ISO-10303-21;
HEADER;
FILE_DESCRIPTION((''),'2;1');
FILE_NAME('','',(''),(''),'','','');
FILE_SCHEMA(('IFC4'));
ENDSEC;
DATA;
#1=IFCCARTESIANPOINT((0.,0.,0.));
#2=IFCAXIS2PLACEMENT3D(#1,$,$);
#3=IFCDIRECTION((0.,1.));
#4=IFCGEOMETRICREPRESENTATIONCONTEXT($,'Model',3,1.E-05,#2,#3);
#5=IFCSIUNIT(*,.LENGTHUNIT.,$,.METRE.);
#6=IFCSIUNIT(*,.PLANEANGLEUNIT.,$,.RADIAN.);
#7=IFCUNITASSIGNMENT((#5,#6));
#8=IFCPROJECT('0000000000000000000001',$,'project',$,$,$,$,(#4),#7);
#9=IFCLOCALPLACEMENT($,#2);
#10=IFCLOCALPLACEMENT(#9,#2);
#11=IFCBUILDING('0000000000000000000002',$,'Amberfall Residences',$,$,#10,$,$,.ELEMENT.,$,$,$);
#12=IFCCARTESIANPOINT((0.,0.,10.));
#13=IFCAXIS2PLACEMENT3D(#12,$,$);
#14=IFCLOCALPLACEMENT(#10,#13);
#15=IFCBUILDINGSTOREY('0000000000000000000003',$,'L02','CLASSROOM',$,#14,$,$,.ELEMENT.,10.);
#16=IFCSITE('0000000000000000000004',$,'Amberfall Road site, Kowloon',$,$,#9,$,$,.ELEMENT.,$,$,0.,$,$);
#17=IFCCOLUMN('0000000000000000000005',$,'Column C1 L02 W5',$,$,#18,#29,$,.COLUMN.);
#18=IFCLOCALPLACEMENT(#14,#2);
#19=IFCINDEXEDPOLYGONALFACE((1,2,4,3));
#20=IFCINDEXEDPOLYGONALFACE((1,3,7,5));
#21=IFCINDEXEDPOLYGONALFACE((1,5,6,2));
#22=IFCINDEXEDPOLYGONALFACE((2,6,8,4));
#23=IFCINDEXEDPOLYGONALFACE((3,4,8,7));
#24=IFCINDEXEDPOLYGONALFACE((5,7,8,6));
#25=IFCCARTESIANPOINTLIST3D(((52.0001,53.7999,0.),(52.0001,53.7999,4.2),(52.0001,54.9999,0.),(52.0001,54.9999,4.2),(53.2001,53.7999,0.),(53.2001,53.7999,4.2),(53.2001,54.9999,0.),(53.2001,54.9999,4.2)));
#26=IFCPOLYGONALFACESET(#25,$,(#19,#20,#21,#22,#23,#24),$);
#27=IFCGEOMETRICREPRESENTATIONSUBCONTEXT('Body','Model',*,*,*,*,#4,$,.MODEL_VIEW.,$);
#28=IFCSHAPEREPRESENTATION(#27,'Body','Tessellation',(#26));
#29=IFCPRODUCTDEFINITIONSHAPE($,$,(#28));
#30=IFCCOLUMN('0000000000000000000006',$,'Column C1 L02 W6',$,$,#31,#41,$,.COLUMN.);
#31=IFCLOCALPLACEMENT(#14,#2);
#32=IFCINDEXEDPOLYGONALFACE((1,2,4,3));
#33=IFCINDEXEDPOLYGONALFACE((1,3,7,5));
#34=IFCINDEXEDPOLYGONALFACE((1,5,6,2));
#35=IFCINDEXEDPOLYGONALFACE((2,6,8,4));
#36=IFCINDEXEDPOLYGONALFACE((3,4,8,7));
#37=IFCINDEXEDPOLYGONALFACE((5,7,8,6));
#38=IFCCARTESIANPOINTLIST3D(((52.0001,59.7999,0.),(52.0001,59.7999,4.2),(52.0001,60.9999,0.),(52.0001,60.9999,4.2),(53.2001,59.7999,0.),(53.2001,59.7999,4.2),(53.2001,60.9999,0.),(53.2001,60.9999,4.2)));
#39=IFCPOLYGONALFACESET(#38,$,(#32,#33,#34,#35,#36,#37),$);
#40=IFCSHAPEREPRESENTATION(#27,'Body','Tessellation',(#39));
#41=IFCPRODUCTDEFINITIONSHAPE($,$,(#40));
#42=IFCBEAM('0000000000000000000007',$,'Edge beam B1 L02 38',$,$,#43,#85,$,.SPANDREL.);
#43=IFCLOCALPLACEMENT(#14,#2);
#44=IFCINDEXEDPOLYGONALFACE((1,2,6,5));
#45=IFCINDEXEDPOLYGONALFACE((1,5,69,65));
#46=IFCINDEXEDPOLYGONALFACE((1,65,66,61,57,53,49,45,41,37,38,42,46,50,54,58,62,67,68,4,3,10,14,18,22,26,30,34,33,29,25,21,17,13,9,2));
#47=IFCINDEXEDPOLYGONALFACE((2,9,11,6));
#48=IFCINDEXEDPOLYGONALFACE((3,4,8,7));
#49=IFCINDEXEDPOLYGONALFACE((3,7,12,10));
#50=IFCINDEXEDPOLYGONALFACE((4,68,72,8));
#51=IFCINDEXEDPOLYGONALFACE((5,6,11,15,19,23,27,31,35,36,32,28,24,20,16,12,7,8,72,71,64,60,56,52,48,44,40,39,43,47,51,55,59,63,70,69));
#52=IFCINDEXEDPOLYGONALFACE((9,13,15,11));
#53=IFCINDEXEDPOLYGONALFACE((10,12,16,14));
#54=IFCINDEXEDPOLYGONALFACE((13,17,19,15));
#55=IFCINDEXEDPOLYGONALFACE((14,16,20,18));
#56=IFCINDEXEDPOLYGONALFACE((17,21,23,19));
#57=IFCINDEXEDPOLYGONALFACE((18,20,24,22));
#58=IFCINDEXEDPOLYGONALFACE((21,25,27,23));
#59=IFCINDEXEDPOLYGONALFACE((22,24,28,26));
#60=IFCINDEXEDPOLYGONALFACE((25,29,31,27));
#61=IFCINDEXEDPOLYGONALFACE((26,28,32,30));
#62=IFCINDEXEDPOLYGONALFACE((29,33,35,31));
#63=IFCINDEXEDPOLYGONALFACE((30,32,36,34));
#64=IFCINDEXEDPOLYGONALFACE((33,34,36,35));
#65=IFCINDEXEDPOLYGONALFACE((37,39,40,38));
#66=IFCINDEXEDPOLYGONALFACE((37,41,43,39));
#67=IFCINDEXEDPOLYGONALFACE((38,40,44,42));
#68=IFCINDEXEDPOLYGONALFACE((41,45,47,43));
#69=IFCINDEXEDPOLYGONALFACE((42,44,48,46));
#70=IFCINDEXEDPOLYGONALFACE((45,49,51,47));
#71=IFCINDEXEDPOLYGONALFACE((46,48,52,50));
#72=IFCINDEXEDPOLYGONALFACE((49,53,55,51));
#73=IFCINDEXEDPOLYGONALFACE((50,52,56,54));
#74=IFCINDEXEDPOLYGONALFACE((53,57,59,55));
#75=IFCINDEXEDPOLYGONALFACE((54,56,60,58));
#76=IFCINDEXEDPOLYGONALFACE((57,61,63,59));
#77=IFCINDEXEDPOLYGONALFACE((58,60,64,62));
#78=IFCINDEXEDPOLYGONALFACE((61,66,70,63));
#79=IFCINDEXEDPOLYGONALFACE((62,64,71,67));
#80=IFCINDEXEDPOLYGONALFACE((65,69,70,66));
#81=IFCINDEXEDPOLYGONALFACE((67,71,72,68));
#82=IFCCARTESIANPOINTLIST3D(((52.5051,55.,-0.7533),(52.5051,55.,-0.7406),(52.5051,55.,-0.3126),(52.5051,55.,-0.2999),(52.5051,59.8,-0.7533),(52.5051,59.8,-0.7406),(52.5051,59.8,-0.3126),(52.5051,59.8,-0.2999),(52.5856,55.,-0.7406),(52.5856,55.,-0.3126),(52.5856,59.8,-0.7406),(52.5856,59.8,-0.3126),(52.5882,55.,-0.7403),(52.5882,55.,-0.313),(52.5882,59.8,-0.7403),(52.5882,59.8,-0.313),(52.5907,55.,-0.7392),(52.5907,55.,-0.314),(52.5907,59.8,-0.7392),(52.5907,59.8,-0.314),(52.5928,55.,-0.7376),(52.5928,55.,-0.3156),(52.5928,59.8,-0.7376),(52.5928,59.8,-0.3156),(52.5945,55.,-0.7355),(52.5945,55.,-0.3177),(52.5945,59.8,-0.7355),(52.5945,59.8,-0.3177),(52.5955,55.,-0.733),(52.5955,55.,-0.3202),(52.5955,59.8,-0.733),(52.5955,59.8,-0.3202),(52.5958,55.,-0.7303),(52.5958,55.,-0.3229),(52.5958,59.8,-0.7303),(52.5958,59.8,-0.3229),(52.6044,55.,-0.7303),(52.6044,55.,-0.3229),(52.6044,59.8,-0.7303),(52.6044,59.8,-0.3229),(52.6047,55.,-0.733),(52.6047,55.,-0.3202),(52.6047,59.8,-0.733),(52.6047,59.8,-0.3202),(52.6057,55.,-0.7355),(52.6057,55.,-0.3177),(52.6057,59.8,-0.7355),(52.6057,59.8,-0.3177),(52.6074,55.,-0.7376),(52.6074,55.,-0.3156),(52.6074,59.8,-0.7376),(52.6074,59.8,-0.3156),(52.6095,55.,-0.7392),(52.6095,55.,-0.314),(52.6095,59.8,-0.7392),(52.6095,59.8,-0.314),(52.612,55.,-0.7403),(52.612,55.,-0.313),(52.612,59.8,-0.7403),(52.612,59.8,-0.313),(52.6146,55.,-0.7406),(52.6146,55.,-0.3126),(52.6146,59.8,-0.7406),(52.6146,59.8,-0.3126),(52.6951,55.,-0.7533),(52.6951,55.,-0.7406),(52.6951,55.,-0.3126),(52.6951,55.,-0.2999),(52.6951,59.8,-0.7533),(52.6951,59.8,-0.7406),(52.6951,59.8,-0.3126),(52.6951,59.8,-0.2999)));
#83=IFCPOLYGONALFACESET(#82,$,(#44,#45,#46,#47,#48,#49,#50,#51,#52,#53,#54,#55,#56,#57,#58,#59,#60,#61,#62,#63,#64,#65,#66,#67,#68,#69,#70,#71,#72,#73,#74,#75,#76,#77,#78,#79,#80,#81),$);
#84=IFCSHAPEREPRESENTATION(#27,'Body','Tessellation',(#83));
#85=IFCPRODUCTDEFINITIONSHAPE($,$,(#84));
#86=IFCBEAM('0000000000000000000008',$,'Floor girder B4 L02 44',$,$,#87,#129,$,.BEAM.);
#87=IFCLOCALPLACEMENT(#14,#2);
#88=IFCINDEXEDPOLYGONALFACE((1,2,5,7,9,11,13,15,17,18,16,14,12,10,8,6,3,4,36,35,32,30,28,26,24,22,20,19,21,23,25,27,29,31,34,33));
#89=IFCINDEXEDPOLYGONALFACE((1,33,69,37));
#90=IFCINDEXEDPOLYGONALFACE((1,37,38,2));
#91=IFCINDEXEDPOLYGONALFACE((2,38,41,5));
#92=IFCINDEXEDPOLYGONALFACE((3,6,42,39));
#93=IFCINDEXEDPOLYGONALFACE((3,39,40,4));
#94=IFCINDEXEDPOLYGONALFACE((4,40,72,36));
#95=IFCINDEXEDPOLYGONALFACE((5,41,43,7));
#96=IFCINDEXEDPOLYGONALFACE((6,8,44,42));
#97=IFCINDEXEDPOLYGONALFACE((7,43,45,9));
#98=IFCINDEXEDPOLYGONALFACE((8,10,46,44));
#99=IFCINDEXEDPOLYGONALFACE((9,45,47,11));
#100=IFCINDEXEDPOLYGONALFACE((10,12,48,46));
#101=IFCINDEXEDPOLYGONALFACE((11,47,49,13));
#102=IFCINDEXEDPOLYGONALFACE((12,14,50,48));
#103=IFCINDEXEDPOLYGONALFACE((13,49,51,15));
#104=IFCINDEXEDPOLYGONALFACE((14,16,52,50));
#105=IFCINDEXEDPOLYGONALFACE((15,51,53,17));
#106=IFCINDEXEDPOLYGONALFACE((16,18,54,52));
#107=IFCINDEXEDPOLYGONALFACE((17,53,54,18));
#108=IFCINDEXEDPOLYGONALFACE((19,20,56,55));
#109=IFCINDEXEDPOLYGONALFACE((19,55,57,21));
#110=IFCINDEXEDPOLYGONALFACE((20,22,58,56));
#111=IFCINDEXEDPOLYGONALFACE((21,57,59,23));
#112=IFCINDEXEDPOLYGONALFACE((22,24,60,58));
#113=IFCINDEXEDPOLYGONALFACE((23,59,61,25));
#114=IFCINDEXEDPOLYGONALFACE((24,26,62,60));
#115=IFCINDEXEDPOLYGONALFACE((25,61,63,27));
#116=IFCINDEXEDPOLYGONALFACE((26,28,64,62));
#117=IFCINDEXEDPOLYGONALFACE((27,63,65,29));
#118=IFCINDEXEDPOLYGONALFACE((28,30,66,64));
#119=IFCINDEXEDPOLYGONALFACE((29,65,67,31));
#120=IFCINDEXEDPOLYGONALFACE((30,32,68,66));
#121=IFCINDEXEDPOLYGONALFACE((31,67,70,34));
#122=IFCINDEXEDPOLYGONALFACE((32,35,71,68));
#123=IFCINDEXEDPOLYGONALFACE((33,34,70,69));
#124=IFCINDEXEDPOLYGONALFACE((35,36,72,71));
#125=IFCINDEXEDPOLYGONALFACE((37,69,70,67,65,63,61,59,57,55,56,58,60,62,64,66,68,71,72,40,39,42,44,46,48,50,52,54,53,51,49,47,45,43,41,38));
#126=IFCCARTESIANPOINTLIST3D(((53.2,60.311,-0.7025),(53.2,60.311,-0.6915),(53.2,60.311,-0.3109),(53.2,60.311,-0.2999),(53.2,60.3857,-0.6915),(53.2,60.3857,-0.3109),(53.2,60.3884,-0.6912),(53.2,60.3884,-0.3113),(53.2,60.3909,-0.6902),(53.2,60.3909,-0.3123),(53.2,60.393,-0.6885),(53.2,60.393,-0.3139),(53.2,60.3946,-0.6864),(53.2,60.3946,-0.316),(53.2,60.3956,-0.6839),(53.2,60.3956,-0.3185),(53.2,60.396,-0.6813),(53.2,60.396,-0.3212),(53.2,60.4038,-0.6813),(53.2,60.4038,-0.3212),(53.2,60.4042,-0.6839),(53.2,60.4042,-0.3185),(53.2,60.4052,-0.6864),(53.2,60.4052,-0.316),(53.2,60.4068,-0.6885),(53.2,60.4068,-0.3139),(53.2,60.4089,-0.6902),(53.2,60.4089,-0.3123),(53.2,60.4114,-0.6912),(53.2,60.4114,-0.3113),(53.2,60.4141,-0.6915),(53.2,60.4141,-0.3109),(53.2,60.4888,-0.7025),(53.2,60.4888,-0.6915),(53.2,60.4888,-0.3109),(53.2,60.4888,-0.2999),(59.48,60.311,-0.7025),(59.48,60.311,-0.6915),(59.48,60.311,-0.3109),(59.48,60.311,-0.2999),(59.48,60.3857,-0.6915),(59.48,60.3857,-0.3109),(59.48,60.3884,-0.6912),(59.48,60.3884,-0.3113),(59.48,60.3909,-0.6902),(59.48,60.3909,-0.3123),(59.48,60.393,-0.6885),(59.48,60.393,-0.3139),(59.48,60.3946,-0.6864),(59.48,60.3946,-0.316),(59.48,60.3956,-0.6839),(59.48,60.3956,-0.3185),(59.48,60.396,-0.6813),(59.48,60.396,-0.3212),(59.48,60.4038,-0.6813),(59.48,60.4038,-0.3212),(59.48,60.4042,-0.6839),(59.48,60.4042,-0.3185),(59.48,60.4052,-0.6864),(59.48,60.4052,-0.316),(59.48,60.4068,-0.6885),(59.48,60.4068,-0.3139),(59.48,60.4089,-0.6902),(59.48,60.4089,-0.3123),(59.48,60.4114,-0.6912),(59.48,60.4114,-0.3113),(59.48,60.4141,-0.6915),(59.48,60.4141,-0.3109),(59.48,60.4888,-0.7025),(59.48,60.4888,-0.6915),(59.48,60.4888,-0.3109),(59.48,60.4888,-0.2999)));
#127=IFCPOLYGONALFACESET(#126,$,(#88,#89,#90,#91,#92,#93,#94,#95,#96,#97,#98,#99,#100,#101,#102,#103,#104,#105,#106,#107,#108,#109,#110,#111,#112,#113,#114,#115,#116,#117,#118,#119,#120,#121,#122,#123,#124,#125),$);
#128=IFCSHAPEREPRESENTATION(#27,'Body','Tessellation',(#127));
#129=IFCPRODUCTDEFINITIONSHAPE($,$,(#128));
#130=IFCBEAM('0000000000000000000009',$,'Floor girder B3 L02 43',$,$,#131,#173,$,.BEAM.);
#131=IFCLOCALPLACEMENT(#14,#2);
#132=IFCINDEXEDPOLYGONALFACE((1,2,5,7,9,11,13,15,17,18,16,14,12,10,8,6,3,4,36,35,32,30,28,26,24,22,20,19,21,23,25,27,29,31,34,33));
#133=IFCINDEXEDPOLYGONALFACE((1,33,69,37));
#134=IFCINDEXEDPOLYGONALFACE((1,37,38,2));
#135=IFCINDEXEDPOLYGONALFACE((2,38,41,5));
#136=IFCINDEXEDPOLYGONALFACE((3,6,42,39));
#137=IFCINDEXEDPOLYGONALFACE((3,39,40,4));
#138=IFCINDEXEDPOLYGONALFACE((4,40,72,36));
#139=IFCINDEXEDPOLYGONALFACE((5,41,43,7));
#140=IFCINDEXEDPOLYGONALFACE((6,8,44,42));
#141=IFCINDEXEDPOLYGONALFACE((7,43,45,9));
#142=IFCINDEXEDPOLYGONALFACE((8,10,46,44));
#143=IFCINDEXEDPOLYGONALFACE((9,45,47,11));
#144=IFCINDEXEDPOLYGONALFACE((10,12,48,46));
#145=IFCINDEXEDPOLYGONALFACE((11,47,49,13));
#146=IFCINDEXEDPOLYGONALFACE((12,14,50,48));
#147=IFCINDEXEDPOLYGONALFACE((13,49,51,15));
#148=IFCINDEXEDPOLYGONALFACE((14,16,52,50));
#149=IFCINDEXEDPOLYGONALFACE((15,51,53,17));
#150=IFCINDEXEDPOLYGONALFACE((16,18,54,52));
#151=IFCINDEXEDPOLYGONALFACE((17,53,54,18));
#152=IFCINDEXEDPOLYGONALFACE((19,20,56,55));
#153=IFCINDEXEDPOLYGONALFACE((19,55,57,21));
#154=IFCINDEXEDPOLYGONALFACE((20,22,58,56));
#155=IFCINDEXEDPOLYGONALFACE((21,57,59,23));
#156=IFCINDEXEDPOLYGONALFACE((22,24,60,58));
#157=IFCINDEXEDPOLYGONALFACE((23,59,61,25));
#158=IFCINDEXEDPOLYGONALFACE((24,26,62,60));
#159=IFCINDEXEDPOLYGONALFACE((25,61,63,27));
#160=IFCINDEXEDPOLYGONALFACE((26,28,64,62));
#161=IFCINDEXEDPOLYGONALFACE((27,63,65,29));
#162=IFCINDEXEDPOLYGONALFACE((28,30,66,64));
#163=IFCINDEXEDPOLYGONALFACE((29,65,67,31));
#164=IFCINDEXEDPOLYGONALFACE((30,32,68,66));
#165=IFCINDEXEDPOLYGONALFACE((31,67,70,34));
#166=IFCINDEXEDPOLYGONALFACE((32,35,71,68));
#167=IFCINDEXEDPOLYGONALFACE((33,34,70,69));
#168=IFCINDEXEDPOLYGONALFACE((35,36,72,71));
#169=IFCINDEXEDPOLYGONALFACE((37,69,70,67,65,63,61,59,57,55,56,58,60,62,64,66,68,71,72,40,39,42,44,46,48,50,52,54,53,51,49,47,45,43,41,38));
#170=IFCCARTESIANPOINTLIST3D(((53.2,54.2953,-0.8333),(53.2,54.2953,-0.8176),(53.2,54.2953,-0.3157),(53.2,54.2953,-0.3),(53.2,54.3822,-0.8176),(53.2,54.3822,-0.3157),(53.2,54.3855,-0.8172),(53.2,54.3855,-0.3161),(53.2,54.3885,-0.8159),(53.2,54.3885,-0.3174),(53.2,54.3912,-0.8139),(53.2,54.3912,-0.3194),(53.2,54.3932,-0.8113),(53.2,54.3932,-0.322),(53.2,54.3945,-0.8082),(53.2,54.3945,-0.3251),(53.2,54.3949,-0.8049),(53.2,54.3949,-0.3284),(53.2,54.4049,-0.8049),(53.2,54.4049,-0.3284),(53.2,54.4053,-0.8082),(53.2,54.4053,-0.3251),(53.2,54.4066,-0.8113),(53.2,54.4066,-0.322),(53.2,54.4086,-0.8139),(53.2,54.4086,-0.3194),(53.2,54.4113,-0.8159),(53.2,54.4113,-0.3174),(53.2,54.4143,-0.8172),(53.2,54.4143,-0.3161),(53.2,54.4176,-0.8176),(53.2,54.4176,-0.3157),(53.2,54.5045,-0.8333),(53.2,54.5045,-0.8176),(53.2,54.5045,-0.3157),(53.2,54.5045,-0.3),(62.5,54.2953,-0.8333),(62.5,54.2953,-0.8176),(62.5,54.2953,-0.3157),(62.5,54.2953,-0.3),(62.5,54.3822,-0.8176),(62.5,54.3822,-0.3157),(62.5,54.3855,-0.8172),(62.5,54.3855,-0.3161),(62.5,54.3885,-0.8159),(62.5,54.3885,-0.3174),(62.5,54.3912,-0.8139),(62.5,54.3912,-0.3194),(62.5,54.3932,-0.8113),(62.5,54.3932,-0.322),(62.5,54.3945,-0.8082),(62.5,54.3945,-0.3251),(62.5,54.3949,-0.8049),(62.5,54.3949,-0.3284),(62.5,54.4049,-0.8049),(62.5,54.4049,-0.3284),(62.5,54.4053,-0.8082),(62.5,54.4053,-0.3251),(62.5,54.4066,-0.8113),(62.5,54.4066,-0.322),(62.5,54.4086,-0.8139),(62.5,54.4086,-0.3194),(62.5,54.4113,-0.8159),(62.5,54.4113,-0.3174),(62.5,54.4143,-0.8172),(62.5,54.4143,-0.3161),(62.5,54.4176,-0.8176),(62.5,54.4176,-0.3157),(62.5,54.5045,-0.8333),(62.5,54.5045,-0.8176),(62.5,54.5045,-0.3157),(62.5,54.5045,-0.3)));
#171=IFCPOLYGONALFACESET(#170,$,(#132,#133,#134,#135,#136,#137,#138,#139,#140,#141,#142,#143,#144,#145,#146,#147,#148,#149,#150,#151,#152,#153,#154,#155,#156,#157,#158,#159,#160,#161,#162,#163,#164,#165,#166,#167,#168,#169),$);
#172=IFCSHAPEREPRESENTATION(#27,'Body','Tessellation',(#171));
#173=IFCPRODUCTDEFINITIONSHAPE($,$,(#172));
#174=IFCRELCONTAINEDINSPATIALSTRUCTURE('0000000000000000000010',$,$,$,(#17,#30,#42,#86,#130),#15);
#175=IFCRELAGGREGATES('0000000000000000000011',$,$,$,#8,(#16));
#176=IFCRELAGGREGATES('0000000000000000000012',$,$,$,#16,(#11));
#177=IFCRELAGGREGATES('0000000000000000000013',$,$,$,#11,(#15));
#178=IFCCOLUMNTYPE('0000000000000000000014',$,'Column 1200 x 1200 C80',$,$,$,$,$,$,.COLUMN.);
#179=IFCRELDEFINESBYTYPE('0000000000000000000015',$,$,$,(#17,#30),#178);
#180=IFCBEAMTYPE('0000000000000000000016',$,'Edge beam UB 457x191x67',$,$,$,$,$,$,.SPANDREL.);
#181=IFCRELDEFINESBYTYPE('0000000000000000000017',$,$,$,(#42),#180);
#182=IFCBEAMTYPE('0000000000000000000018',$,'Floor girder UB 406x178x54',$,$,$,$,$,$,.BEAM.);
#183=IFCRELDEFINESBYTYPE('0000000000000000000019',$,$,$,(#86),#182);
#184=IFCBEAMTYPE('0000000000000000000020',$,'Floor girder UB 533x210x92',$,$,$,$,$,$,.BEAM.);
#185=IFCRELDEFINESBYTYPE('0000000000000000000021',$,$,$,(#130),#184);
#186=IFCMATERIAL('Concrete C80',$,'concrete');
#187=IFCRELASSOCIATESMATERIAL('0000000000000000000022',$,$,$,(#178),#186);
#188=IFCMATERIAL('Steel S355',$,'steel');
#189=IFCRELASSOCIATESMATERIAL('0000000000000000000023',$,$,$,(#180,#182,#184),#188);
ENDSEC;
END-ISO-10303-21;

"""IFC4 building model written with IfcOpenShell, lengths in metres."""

from ifc_helpers import new_model, si_unit, direction, frame, origin, origin_2d, place, context, subcontext, project, spatial, rectangle, i_section, extrude, material, material_profile, profile_set, type_object, element, save


model = new_model("IFC4")

# Units and contexts
model_context = context("Model", 3, precision=1e-05, world=origin(), true_north=direction((0.0, 1.0)))
body_context = subcontext(model_context, "Body", "Model", "MODEL_VIEW")
ifc_project = project(units=[si_unit("LENGTHUNIT", "METRE"), si_unit("PLANEANGLEUNIT", "RADIAN")], contexts=[model_context])

# Site, building, storey
site_placement = place(None, origin())
site = spatial("IfcSite", under=ifc_project, at=site_placement, Name="Amberfall Road site, Kowloon", CompositionType="ELEMENT", RefElevation=0.0)
building_placement = place(site_placement, origin())
building = spatial("IfcBuilding", under=site, at=building_placement, Name="Amberfall Residences", CompositionType="ELEMENT")
storey_placement = place(building_placement, frame((0.0, 0.0, 10.0)))
storey = spatial("IfcBuildingStorey", under=building, at=storey_placement, Name="L02", Description="CLASSROOM", CompositionType="ELEMENT", Elevation=10.0)

# Columns
ifc_material_1 = material(Name="Concrete C80", Category="concrete")
ifc_material_profile_1 = material_profile(ifc_material_1, rectangle(XDim=1.2, YDim=1.2, at=origin_2d()), Name="Column 1200 x 1200 C80")
ifc_profile_set_1 = profile_set([ifc_material_profile_1], Name="Concrete C80")
column_type = type_object("IfcColumnType", Name="Column 1200 x 1200 C80", PredefinedType="COLUMN", material=ifc_profile_set_1)
for number, where, z_axis, x_axis, name in (
    (1, (52.6001, 54.3999, 0.0), (0.0, 0.0, 1.0), (1.0, 0.0, 0.0), "Column C1 L02 W5"),
    (2, (52.6001, 60.3999, 0.0), (0.0, 0.0, 1.0), (1.0, 0.0, 0.0), "Column C1 L02 W6"),
):
    element("IfcColumn", number, at=place(storey_placement, frame(where, z_axis=z_axis, x_axis=x_axis)), inside=storey, type_object=column_type, Name=name, PredefinedType="COLUMN", context=body_context, shape_type="SweptSolid", body=[
        extrude(rectangle(XDim=1.2, YDim=1.2, at=origin_2d()), origin(), (0.0, 0.0, 1.0), 4.2),
    ])

# Beams
ifc_material_2 = material(Name="Steel S355", Category="steel")
ifc_material_profile_2 = material_profile(ifc_material_2, i_section(OverallWidth=0.1899, OverallDepth=0.4534, WebThickness=0.0085, FlangeThickness=0.0127, FilletRadius=0.0103, at=origin_2d()), Name="UB 457x191x67")
ifc_profile_set_2 = profile_set([ifc_material_profile_2], Name="Steel S355")
beam_type_1 = type_object("IfcBeamType", Name="Edge beam UB 457x191x67", PredefinedType="SPANDREL", material=ifc_profile_set_2)
beam_1_placement = place(storey_placement, frame((52.6001, 55.0, -0.5266), z_axis=(0.0, 1.0, 0.0), x_axis=(-1.0, 0.0, 0.0)))
element("IfcBeam", 3, at=beam_1_placement, inside=storey, type_object=beam_type_1, Name="Edge beam B1 L02 38", PredefinedType="SPANDREL", context=body_context, shape_type="SweptSolid", body=[
    extrude(i_section(OverallWidth=0.1899, OverallDepth=0.4534, WebThickness=0.0085, FlangeThickness=0.0127, FilletRadius=0.0103, at=origin_2d()), origin(), (0.0, 0.0, 1.0), 4.8),
])
ifc_material_profile_3 = material_profile(ifc_material_2, i_section(OverallWidth=0.1777, OverallDepth=0.4026, WebThickness=0.0078, FlangeThickness=0.011, FilletRadius=0.0103, at=origin_2d()), Name="UB 406x178x54")
ifc_profile_set_3 = profile_set([ifc_material_profile_3], Name="Steel S355")
beam_type_2 = type_object("IfcBeamType", Name="Floor girder UB 406x178x54", PredefinedType="BEAM", material=ifc_profile_set_3)
beam_2_placement = place(storey_placement, frame((53.2, 60.3999, -0.5012), z_axis=(1.0, 0.0, 0.0), x_axis=(0.0, 1.0, 0.0)))
element("IfcBeam", 4, at=beam_2_placement, inside=storey, type_object=beam_type_2, Name="Floor girder B4 L02 44", PredefinedType="BEAM", context=body_context, shape_type="SweptSolid", body=[
    extrude(i_section(OverallWidth=0.1777, OverallDepth=0.4026, WebThickness=0.0078, FlangeThickness=0.011, FilletRadius=0.0103, at=origin_2d()), origin(), (0.0, 0.0, 1.0), 6.28),
])
ifc_material_profile_4 = material_profile(ifc_material_2, i_section(OverallWidth=0.2092, OverallDepth=0.5332, WebThickness=0.01, FlangeThickness=0.0156, FilletRadius=0.0127, at=origin_2d()), Name="UB 533x210x92")
ifc_profile_set_4 = profile_set([ifc_material_profile_4], Name="Steel S355")
beam_type_3 = type_object("IfcBeamType", Name="Floor girder UB 533x210x92", PredefinedType="BEAM", material=ifc_profile_set_4)
beam_3_placement = place(storey_placement, frame((53.2, 54.3999, -0.5667), z_axis=(1.0, 0.0, 0.0), x_axis=(0.0, 1.0, 0.0)))
element("IfcBeam", 5, at=beam_3_placement, inside=storey, type_object=beam_type_3, Name="Floor girder B3 L02 43", PredefinedType="BEAM", context=body_context, shape_type="SweptSolid", body=[
    extrude(i_section(OverallWidth=0.2092, OverallDepth=0.5332, WebThickness=0.01, FlangeThickness=0.0156, FilletRadius=0.0127, at=origin_2d()), origin(), (0.0, 0.0, 1.0), 9.3),
])

save(model, "model.ifc")
